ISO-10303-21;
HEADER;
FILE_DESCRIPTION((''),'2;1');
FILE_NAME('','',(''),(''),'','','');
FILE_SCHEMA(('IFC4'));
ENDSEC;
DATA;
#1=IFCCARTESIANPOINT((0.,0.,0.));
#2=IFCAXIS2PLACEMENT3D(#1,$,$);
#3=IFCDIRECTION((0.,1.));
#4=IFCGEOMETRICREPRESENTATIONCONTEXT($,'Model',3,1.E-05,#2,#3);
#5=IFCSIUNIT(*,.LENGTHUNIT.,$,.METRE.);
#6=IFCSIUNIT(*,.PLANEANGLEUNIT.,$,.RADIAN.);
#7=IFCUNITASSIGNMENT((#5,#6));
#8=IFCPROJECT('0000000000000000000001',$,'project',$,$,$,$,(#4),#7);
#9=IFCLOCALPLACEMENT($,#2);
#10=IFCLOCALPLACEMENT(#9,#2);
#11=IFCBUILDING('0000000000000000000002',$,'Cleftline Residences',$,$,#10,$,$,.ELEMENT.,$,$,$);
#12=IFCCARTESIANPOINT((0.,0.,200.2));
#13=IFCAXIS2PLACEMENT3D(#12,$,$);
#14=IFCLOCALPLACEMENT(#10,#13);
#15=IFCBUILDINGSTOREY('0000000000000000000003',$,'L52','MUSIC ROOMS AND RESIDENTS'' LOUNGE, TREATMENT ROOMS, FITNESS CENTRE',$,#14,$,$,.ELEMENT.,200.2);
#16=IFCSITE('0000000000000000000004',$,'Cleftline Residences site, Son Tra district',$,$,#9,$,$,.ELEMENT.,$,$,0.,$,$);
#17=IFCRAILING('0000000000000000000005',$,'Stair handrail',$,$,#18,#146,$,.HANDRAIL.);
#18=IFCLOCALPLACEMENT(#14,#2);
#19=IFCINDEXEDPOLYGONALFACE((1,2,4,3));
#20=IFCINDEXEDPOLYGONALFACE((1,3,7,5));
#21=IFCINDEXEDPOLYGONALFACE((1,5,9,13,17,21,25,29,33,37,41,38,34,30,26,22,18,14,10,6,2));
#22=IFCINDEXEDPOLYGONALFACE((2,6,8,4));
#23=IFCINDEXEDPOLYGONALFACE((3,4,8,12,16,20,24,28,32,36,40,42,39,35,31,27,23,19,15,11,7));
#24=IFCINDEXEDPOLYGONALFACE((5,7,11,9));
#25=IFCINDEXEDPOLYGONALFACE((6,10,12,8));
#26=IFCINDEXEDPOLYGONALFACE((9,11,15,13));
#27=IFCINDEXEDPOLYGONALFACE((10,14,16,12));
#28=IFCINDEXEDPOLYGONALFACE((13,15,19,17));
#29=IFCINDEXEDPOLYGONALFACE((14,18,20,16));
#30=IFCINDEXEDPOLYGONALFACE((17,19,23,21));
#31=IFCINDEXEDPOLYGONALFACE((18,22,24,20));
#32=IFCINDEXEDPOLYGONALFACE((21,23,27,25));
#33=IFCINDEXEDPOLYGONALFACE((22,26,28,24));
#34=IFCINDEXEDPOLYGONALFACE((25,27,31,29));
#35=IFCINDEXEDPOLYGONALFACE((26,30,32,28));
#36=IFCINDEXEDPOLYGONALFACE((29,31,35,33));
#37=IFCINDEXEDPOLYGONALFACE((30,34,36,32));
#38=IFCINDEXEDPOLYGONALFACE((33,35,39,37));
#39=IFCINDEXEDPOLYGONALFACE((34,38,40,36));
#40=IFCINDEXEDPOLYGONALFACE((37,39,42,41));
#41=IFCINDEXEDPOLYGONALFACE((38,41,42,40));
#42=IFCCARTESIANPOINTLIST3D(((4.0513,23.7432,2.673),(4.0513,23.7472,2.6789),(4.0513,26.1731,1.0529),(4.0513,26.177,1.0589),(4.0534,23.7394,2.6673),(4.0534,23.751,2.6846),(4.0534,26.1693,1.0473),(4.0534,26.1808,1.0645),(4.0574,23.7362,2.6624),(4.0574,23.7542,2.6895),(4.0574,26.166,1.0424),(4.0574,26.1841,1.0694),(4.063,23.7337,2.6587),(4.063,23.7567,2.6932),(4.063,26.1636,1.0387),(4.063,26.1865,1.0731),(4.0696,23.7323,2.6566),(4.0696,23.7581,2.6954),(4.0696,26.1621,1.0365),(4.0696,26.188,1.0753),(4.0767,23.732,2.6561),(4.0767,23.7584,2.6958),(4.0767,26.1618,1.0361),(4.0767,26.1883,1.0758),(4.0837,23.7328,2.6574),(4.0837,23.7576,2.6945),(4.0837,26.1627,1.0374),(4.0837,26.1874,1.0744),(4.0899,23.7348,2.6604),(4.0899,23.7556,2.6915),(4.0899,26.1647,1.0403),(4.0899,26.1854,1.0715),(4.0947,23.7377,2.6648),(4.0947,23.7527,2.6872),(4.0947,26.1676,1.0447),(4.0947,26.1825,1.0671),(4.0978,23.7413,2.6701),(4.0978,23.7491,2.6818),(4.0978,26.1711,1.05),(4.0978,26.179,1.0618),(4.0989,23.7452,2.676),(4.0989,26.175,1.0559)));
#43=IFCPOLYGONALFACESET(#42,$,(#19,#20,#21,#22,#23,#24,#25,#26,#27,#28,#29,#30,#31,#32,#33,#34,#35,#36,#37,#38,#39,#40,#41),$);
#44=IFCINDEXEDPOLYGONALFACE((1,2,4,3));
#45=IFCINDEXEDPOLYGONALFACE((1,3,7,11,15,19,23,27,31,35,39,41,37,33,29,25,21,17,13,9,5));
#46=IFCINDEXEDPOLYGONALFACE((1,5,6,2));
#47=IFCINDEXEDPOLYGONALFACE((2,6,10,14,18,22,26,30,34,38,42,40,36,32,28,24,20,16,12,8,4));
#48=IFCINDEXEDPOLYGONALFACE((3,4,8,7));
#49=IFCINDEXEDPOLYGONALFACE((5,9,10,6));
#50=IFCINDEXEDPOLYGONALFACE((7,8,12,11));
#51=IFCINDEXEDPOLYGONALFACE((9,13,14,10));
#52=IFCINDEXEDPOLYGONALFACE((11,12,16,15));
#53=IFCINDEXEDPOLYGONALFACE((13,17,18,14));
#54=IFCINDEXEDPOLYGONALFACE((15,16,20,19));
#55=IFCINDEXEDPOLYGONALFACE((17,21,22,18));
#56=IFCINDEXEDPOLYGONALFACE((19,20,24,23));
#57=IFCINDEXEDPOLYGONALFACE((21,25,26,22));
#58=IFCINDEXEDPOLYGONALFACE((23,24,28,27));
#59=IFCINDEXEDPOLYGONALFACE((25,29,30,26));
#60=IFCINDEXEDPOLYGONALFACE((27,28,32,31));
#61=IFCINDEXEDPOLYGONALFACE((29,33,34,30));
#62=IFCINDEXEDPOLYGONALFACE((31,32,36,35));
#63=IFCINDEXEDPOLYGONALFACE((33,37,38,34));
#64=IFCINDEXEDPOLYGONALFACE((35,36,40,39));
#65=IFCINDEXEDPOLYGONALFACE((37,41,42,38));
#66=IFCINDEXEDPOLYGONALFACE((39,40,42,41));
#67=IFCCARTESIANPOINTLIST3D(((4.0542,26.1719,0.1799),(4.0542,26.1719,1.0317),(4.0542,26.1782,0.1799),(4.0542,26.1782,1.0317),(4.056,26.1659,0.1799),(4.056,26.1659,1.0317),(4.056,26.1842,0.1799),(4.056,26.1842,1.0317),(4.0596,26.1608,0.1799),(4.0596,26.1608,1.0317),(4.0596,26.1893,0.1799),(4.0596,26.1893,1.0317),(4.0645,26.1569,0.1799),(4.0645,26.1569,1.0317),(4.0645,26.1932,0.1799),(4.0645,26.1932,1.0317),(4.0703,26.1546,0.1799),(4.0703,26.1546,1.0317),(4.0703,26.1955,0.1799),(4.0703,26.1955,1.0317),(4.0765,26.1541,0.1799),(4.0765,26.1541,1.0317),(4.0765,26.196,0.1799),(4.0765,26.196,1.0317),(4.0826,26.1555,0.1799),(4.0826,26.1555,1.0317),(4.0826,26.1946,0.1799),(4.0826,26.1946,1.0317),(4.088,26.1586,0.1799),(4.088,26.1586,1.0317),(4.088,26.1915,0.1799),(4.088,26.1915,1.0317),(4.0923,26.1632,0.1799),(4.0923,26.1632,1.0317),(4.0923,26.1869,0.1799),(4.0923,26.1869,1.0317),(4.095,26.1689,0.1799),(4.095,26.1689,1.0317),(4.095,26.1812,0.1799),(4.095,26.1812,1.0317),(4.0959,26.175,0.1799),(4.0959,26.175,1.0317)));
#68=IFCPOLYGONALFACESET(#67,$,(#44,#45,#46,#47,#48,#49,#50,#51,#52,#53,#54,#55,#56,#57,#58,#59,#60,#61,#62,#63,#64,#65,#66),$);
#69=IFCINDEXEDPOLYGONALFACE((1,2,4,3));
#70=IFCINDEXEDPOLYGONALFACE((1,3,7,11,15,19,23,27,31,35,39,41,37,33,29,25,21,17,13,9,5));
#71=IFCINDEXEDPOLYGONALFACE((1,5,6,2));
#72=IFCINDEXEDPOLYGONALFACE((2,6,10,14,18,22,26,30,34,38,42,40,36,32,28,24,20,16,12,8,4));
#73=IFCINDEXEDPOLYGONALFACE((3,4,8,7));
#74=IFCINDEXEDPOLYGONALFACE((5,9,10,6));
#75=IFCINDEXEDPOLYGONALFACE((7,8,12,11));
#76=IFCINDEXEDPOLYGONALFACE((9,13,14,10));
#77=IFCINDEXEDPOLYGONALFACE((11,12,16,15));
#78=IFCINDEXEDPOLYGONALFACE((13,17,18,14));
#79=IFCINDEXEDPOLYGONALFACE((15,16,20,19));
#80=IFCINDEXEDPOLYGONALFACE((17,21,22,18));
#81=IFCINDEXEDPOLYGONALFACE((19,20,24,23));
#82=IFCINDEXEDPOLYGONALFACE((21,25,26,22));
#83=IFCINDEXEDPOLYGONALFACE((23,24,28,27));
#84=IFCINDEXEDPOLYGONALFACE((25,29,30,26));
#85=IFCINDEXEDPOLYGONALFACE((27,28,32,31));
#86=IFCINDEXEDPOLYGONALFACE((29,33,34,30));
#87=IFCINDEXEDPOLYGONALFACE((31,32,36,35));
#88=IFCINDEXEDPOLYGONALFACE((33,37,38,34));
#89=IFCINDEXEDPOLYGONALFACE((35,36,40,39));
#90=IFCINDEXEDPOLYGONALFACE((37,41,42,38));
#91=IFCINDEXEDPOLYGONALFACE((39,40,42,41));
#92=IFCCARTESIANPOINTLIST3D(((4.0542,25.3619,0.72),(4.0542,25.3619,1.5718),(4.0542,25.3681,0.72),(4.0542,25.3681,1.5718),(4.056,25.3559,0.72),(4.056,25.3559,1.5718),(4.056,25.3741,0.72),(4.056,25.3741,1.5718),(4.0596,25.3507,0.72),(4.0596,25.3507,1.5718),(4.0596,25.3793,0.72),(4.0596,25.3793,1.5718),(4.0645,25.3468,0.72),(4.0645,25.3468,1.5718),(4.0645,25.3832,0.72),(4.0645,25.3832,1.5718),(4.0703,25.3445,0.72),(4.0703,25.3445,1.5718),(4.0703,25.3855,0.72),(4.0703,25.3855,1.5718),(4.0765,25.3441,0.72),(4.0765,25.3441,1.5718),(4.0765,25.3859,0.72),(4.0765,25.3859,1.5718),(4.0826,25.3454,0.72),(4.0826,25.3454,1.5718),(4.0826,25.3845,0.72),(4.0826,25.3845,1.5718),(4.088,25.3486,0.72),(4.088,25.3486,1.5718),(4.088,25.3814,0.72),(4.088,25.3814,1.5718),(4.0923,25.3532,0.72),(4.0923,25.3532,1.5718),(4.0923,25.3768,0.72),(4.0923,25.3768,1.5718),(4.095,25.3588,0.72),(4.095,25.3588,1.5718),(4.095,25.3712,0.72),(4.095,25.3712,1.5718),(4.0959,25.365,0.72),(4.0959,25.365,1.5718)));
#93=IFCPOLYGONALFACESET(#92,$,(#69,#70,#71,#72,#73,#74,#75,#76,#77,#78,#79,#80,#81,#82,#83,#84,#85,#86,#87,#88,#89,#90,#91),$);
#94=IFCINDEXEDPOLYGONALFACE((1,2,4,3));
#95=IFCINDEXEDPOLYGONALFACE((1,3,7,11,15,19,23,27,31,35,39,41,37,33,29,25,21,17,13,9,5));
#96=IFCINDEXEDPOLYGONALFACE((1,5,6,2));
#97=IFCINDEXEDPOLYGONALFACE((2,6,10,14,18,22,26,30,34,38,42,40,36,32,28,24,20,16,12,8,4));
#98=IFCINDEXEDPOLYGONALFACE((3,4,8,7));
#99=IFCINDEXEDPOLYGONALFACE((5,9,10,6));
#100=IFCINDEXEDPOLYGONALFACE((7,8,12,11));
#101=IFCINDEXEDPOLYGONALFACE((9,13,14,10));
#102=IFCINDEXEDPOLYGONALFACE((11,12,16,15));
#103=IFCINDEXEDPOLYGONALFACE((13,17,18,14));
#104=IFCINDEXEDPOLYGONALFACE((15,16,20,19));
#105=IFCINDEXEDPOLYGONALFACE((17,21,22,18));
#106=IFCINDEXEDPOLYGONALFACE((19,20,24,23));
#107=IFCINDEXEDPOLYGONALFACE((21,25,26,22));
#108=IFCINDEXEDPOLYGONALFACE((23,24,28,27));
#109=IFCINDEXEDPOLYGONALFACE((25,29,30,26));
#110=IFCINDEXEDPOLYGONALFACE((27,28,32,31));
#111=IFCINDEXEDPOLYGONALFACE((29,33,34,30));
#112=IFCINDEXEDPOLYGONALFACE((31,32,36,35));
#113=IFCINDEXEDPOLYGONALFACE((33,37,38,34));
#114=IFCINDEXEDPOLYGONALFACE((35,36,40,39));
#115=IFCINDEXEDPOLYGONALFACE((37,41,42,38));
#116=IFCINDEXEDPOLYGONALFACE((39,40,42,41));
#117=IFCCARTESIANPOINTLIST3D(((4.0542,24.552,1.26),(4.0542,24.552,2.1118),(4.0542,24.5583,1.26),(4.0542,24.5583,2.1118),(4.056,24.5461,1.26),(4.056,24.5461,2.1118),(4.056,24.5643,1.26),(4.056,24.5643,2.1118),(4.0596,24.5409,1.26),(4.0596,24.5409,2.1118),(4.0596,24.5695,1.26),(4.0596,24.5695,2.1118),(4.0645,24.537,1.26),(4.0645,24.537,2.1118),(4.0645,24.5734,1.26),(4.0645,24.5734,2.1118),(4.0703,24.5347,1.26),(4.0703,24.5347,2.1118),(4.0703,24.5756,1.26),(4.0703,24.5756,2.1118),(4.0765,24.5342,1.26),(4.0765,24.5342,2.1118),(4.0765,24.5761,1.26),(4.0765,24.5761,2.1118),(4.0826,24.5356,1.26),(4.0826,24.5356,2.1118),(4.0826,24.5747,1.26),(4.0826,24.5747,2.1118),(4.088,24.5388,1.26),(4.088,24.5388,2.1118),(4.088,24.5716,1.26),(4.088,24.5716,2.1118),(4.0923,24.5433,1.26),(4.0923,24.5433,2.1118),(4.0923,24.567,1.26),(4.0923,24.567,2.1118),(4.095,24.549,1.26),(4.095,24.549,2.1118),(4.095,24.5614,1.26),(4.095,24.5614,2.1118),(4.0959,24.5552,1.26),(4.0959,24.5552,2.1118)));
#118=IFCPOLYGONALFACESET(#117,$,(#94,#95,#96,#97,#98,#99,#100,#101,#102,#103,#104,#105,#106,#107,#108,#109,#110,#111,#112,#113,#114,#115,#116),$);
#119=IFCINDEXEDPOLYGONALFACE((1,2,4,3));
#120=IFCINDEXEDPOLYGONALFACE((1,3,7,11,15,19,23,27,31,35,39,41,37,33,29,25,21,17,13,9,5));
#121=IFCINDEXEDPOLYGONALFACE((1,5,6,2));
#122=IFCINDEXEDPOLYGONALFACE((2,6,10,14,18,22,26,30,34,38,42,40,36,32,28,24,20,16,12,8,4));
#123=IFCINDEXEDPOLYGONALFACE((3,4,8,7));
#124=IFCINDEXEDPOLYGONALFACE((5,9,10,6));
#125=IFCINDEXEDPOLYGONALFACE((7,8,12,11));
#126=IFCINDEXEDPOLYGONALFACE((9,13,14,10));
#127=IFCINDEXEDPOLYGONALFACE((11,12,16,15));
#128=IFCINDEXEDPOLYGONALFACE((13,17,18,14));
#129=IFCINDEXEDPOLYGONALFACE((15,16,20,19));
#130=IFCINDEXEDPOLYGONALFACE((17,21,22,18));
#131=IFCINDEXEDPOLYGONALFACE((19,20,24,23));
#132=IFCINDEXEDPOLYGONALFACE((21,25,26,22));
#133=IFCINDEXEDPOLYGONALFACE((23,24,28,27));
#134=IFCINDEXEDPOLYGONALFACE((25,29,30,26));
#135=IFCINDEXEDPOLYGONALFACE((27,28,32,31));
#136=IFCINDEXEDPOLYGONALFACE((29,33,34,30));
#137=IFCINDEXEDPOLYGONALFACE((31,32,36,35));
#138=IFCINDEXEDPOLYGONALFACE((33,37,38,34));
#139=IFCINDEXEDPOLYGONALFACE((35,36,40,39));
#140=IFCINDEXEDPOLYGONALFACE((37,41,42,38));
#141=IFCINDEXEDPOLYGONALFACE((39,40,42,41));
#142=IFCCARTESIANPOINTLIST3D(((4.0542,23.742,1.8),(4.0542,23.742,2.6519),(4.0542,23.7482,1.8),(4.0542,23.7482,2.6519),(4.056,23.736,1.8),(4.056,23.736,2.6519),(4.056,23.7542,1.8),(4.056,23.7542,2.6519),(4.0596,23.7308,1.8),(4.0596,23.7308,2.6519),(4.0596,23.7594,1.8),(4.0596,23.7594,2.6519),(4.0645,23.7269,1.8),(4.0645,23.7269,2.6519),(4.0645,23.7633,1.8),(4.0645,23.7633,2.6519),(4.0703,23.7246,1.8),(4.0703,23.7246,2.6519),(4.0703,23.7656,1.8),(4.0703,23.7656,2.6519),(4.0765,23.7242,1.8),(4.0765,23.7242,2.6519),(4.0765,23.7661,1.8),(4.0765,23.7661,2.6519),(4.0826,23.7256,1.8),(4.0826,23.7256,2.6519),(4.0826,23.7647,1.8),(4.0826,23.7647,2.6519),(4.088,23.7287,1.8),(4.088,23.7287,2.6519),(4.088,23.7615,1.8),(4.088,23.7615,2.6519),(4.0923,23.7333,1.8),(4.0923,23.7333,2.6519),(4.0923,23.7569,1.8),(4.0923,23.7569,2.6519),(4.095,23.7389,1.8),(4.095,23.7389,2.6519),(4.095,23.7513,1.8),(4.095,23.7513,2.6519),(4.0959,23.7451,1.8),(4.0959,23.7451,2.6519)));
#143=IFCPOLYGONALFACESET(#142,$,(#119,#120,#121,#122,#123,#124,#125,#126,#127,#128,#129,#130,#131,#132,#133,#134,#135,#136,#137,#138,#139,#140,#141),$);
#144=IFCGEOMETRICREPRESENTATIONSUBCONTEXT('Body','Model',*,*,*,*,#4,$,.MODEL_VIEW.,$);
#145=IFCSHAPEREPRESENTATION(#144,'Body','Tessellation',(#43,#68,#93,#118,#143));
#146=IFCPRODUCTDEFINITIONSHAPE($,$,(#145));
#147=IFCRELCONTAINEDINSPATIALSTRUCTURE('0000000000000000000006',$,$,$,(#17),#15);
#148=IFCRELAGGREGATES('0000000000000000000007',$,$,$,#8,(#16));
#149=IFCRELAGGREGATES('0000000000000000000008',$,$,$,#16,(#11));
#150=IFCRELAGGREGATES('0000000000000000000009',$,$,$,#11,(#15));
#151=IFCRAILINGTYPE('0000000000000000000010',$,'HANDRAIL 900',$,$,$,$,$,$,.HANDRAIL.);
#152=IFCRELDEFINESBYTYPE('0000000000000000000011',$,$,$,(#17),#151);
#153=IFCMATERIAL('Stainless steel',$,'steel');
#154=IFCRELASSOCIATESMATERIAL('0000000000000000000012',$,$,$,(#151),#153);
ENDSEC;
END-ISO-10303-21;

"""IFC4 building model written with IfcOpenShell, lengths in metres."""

from ifc_helpers import new_model, si_unit, direction, frame, origin, origin_2d, place, context, subcontext, project, spatial, circle, extrude, material, type_object, element, save


model = new_model("IFC4")

# Units and contexts
model_context = context("Model", 3, precision=1e-05, world=origin(), true_north=direction((0.0, 1.0)))
body_context = subcontext(model_context, "Body", "Model", "MODEL_VIEW")
ifc_project = project(units=[si_unit("LENGTHUNIT", "METRE"), si_unit("PLANEANGLEUNIT", "RADIAN")], contexts=[model_context])

# Site, building, storey
site_placement = place(None, origin())
site = spatial("IfcSite", under=ifc_project, at=site_placement, Name="Cleftline Residences site, Son Tra district", CompositionType="ELEMENT", RefElevation=0.0)
building_placement = place(site_placement, origin())
building = spatial("IfcBuilding", under=site, at=building_placement, Name="Cleftline Residences", CompositionType="ELEMENT")
storey_placement = place(building_placement, frame((0.0, 0.0, 200.2)))
storey = spatial("IfcBuildingStorey", under=building, at=storey_placement, Name="L52", Description="MUSIC ROOMS AND RESIDENTS' LOUNGE, TREATMENT ROOMS, FITNESS CENTRE", CompositionType="ELEMENT", Elevation=200.2)

# Railing
ifc_material_1 = material(Name="Stainless steel", Category="steel")
railing_type = type_object("IfcRailingType", Name="HANDRAIL 900", PredefinedType="HANDRAIL", material=ifc_material_1)
railing_1_placement = place(storey_placement, frame((4.075, 26.175, 0.1799)))
element("IfcRailing", 1, at=railing_1_placement, inside=storey, type_object=railing_type, Name="Stair handrail", PredefinedType="HANDRAIL", context=body_context, shape_type="SweptSolid", body=[
    extrude(circle(Radius=0.0239, at=origin_2d()), frame((0.0, 0.0, 0.876), z_axis=(0.0, -0.832025, 0.554739), x_axis=(1.0, 0.0, 0.0)), (0.0, 0.0, 1.0), 2.9204),
    extrude(circle(Radius=0.021, at=origin_2d()), origin(), (0.0, 0.0, 1.0), 0.8518),
    extrude(circle(Radius=0.021, at=origin_2d()), frame((0.0, -0.8101, 0.54)), (0.0, 0.0, 1.0), 0.8518),
    extrude(circle(Radius=0.021, at=origin_2d()), frame((0.0, -1.6199, 1.0801)), (0.0, 0.0, 1.0), 0.8518),
    extrude(circle(Radius=0.021, at=origin_2d()), frame((0.0, -2.4299, 1.6201)), (0.0, 0.0, 1.0), 0.8518),
])

save(model, "model.ifc")
